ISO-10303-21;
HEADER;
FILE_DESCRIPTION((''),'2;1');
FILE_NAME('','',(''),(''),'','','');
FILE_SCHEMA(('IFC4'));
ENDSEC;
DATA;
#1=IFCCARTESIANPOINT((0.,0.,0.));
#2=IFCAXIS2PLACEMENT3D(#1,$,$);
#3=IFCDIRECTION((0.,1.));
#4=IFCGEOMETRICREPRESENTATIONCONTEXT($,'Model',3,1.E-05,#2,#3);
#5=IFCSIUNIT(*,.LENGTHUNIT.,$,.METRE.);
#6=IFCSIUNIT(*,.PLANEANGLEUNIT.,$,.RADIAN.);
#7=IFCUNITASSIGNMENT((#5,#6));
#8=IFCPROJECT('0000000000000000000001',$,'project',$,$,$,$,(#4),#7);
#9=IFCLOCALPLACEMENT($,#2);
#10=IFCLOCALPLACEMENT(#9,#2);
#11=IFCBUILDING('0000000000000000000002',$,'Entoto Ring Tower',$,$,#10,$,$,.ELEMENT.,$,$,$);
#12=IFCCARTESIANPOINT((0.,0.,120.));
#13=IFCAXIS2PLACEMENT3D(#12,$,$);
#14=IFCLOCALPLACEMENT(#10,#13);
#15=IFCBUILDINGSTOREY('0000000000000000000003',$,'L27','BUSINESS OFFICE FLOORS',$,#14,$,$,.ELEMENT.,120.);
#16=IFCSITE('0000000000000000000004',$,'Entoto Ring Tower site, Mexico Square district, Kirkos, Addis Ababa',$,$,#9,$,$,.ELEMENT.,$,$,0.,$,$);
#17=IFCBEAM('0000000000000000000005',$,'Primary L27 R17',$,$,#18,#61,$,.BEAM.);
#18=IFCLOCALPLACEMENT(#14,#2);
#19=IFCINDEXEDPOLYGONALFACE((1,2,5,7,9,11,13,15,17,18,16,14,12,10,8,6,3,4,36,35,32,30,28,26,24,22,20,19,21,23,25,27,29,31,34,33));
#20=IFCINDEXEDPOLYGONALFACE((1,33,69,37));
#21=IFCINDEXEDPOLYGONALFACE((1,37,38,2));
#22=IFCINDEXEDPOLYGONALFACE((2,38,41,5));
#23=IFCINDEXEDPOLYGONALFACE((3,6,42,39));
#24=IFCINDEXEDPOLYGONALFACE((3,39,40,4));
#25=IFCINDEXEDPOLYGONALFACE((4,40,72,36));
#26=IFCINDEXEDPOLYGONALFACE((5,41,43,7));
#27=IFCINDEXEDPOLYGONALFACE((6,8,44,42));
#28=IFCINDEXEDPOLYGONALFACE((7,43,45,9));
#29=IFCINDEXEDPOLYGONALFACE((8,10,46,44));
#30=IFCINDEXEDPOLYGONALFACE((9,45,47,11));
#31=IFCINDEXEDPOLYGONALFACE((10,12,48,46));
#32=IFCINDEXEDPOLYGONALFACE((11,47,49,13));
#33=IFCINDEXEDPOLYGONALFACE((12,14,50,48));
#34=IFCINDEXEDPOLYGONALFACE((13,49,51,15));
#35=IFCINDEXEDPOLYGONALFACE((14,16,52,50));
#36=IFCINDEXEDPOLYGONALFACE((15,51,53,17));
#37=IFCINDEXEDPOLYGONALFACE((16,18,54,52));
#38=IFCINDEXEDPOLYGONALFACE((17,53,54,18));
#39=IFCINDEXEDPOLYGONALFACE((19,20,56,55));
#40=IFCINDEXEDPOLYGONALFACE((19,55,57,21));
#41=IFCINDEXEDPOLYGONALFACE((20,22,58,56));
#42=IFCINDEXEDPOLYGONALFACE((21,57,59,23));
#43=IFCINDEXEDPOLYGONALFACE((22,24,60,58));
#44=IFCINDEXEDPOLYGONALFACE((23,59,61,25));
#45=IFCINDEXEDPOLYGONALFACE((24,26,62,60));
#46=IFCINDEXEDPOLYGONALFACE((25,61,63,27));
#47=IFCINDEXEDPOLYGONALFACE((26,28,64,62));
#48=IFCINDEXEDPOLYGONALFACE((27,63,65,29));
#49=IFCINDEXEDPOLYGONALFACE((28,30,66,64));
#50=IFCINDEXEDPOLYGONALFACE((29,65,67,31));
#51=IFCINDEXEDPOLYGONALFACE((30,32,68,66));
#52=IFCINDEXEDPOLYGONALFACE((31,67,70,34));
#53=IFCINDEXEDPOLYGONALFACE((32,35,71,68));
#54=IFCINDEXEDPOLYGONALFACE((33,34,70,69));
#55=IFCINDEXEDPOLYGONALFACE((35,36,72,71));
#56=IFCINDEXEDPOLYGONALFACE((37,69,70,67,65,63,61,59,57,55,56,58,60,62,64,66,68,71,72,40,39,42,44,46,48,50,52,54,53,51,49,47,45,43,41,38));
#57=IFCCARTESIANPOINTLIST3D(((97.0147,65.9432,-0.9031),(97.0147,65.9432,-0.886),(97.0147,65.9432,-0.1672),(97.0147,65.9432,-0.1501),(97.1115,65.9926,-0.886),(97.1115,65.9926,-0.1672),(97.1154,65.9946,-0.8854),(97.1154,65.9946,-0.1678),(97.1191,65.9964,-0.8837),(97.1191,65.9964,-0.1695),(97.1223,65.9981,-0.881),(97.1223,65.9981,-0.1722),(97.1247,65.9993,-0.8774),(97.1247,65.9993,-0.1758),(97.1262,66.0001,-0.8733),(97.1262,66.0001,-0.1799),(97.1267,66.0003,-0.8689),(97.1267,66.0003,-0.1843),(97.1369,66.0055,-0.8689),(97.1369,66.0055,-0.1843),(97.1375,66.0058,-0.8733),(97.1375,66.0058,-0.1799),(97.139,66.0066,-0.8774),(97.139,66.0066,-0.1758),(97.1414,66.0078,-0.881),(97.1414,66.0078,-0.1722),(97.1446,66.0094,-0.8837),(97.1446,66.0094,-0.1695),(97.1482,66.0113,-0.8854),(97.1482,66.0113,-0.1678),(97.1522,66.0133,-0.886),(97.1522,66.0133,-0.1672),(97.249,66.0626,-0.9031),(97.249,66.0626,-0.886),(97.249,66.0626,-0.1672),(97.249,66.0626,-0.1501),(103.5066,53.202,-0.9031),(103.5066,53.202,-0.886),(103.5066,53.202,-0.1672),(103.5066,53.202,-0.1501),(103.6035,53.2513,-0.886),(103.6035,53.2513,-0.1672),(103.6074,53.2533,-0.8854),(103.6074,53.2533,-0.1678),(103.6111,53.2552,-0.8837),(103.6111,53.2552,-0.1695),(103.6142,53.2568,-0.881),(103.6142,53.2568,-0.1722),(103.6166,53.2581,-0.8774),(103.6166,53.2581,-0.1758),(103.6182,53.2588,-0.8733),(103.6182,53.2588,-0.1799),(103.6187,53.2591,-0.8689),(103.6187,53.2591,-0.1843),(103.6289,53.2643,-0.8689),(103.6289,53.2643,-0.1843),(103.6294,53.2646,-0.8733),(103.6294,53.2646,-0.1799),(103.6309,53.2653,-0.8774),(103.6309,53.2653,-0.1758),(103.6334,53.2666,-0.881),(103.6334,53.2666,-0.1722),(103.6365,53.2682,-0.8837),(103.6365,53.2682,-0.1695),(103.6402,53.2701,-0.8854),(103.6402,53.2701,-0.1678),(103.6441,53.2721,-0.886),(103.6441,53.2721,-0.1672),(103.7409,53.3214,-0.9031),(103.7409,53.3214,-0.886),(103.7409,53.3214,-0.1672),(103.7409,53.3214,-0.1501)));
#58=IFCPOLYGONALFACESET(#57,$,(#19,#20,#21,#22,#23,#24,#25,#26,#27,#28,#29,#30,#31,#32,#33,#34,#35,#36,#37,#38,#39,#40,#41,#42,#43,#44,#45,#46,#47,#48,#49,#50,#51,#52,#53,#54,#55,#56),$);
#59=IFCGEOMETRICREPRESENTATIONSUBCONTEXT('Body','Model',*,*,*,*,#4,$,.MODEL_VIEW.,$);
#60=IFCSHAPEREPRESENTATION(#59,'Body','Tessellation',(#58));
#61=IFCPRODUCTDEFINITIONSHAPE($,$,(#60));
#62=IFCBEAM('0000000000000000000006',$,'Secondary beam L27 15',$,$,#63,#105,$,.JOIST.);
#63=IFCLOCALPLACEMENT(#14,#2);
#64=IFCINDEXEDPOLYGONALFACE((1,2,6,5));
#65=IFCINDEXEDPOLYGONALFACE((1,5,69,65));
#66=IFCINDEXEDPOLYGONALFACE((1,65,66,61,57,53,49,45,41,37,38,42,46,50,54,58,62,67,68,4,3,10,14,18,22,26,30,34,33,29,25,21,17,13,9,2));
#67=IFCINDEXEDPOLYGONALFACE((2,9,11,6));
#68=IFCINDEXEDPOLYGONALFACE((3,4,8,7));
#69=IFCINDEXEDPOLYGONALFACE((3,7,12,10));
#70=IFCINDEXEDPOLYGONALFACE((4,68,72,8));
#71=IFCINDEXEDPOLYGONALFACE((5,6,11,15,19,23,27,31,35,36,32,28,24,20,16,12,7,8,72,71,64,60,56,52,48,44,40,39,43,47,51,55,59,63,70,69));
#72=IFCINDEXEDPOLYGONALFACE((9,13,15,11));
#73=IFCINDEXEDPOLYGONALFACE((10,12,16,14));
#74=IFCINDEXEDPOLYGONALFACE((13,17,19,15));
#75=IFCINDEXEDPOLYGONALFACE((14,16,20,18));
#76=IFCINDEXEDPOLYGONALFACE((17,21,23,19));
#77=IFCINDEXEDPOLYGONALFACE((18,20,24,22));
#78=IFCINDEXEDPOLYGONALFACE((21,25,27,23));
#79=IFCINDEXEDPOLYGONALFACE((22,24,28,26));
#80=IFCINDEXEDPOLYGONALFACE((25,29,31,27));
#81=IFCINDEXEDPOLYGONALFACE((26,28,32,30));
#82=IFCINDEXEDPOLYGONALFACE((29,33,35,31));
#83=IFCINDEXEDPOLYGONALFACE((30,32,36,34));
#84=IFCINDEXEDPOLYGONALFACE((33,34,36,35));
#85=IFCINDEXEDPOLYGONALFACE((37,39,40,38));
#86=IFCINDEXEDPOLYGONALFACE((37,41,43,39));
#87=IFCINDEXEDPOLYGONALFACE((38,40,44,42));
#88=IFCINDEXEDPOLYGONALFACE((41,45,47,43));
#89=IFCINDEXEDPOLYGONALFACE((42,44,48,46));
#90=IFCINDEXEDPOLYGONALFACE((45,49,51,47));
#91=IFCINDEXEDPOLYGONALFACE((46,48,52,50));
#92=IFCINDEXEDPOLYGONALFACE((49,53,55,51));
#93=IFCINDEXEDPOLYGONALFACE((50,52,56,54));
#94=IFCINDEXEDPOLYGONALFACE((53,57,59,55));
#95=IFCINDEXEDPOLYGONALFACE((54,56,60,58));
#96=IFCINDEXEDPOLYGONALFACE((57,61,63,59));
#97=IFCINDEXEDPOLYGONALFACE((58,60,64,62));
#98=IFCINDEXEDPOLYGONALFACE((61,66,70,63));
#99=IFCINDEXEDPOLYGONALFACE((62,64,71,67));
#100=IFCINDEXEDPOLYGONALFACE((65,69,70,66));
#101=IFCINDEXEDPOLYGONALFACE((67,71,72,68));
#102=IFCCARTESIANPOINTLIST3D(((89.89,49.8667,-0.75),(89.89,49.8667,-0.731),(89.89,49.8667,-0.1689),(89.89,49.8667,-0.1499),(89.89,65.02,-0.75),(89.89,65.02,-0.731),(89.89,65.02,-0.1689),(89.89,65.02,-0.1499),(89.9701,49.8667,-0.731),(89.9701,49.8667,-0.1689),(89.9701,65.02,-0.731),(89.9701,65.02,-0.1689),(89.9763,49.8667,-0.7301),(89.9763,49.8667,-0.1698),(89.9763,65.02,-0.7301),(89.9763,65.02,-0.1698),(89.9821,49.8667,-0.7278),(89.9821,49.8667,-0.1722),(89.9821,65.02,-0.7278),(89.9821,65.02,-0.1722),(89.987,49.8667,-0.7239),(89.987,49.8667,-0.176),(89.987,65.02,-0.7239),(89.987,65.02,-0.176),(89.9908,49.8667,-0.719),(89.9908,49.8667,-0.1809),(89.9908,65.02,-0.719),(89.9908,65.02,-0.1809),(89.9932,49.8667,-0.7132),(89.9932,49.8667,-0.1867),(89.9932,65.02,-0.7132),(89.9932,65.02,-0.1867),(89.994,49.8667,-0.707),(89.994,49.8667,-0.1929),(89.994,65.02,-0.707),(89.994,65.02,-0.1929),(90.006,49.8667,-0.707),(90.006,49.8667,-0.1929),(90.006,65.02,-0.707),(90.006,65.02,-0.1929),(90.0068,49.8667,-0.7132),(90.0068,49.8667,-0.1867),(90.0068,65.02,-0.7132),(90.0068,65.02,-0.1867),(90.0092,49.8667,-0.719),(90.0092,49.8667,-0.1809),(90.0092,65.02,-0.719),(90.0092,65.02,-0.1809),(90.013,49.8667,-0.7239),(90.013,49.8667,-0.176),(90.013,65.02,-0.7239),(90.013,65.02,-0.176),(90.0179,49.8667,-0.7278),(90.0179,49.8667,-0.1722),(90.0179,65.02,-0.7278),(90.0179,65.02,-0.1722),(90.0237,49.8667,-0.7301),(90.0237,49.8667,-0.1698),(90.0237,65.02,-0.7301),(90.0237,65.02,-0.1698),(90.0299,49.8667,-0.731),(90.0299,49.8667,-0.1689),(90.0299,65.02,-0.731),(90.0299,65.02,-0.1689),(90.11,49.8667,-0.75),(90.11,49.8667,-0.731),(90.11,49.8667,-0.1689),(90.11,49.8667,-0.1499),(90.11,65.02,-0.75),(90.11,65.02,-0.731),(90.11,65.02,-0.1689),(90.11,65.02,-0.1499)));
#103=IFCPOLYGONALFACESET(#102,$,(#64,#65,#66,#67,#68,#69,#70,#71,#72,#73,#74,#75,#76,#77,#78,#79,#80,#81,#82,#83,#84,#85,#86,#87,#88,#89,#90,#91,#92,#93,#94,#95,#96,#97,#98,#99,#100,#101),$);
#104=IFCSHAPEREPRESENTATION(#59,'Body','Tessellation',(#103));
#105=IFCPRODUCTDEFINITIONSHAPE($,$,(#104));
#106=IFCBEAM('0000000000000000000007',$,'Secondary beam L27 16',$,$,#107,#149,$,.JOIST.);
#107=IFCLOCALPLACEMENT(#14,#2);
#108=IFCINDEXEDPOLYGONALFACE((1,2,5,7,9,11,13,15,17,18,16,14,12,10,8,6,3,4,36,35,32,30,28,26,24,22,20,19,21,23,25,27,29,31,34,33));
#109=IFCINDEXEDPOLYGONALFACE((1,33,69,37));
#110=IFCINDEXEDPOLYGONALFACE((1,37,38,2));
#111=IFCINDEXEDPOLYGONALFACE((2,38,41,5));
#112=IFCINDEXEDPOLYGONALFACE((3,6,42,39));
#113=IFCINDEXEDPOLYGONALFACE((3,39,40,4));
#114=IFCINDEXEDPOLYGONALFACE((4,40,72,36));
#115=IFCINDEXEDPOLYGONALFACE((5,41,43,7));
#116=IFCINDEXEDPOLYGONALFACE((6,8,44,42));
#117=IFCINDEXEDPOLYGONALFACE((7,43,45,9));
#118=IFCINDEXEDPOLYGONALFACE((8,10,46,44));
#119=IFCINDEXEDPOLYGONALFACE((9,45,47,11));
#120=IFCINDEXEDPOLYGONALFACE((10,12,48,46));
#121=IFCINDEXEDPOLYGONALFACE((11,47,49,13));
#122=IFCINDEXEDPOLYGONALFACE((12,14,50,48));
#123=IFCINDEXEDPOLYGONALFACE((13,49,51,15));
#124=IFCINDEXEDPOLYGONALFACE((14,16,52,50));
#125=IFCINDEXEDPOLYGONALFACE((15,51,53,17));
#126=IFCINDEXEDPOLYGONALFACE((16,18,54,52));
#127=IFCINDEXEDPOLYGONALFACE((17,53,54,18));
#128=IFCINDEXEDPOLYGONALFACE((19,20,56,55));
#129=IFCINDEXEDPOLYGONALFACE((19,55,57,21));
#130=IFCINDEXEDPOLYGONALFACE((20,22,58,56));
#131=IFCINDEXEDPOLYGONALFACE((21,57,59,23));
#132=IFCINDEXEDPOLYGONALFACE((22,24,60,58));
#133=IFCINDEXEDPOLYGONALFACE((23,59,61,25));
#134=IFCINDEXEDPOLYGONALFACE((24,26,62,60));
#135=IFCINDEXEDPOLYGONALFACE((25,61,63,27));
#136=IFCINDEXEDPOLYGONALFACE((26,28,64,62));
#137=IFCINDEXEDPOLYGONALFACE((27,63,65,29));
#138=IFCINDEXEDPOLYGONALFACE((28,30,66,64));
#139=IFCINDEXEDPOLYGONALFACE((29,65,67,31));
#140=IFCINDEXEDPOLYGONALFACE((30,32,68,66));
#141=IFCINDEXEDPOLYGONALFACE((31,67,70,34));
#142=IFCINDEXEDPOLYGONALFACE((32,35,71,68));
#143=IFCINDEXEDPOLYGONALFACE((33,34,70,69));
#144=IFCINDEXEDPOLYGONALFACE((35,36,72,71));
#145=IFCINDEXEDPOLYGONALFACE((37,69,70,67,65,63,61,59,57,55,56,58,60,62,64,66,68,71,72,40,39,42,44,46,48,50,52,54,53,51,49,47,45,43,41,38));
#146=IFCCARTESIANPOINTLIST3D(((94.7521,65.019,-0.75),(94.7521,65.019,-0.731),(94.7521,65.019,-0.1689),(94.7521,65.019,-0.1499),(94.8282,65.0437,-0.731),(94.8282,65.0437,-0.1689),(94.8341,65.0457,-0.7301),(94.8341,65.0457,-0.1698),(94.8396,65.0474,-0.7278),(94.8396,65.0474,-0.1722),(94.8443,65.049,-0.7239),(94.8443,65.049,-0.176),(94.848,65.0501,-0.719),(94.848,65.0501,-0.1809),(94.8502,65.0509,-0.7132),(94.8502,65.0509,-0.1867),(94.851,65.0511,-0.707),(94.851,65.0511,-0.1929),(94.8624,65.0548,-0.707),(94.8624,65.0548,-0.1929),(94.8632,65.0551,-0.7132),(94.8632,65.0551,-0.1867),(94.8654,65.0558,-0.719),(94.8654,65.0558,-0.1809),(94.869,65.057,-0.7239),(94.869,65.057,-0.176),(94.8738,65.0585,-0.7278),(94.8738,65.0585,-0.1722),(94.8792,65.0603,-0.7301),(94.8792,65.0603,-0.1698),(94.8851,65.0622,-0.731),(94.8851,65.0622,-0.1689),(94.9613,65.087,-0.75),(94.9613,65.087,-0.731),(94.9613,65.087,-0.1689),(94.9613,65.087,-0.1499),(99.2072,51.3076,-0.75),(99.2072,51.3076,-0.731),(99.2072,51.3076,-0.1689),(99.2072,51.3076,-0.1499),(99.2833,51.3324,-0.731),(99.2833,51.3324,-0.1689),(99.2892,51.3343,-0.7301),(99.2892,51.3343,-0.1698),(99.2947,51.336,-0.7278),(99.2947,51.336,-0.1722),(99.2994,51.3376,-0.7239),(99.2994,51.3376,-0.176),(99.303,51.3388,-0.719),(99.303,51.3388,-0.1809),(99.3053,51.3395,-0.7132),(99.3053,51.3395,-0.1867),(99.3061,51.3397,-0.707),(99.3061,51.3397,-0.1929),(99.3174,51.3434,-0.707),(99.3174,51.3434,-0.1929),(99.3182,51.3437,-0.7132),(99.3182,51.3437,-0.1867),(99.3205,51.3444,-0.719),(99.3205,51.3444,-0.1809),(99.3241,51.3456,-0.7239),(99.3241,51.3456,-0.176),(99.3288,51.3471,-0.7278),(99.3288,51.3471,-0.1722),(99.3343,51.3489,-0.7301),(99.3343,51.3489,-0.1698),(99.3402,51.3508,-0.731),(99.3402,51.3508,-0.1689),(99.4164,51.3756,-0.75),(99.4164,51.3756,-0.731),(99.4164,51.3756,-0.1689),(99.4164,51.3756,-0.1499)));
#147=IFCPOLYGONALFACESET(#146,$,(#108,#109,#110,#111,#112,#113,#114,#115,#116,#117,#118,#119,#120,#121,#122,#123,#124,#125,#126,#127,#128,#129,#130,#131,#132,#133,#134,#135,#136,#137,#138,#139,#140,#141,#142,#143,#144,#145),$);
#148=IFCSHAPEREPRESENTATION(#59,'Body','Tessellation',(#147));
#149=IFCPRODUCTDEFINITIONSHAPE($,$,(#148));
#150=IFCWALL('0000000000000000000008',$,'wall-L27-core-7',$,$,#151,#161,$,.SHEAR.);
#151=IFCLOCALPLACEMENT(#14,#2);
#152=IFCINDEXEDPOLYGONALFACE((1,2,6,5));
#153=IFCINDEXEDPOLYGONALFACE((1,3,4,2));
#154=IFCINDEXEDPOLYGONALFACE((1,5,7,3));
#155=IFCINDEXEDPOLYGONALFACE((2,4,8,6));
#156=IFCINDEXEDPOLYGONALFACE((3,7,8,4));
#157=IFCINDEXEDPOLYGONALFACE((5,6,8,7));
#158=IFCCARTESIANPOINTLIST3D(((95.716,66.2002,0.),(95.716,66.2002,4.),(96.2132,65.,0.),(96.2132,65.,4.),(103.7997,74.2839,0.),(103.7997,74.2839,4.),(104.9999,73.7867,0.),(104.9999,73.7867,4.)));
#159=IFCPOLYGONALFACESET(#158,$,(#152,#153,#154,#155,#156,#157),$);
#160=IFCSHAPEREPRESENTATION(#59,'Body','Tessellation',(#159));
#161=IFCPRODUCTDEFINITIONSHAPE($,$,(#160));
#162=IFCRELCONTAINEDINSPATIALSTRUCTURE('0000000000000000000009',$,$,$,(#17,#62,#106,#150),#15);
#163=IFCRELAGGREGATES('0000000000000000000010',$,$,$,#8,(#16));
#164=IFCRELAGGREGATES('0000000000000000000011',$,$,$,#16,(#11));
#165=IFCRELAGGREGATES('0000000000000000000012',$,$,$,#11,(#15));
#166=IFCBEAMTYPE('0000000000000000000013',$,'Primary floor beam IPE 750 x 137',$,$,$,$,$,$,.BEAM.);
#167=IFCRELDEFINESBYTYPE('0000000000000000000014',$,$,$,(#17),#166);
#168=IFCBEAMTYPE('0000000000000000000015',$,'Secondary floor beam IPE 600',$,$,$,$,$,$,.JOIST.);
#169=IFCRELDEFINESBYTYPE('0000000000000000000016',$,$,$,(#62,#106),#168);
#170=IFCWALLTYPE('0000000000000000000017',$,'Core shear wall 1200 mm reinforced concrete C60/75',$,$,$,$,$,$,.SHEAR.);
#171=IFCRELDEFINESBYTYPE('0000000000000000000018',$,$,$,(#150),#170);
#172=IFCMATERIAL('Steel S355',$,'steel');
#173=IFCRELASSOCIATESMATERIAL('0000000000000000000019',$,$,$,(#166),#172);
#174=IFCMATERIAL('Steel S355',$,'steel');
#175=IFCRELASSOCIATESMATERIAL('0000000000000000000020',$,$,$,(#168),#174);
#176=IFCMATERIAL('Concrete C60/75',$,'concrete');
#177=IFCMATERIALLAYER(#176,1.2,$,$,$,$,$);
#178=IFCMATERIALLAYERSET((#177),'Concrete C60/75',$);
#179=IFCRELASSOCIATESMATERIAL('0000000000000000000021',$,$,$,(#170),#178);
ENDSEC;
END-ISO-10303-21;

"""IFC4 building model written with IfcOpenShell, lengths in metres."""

from ifc_helpers import new_model, si_unit, direction, frame, origin, origin_2d, place, context, subcontext, project, spatial, polyline, i_section, outline, extrude, material, layer, layer_set, material_profile, profile_set, type_object, element, save


model = new_model("IFC4")

# Units and contexts
model_context = context("Model", 3, precision=1e-05, world=origin(), true_north=direction((0.0, 1.0)))
body_context = subcontext(model_context, "Body", "Model", "MODEL_VIEW")
ifc_project = project(units=[si_unit("LENGTHUNIT", "METRE"), si_unit("PLANEANGLEUNIT", "RADIAN")], contexts=[model_context])

# Site, building, storey
site_placement = place(None, origin())
site = spatial("IfcSite", under=ifc_project, at=site_placement, Name="Entoto Ring Tower site, Mexico Square district, Kirkos, Addis Ababa", CompositionType="ELEMENT", RefElevation=0.0)
building_placement = place(site_placement, origin())
building = spatial("IfcBuilding", under=site, at=building_placement, Name="Entoto Ring Tower", CompositionType="ELEMENT")
storey_placement = place(building_placement, frame((0.0, 0.0, 120.0)))
storey = spatial("IfcBuildingStorey", under=building, at=storey_placement, Name="L27", Description="BUSINESS OFFICE FLOORS", CompositionType="ELEMENT", Elevation=120.0)

# Beams
ifc_material_1 = material(Name="Steel S355", Category="steel")
ifc_material_profile_1 = material_profile(ifc_material_1, i_section(OverallWidth=0.2629, OverallDepth=0.7529, WebThickness=0.0115, FlangeThickness=0.0171, FilletRadius=0.0171, at=origin_2d()), Name="IPE 750 x 137")
ifc_profile_set_1 = profile_set([ifc_material_profile_1], Name="Steel S355")
beam_type_1 = type_object("IfcBeamType", Name="Primary floor beam IPE 750 x 137", PredefinedType="BEAM", material=ifc_profile_set_1)
beam_1_placement = place(storey_placement, frame((97.1318, 66.0029, -0.5266), z_axis=(0.453989, -0.891007, 0.0), x_axis=(0.891007, 0.453989, 0.0)))
element("IfcBeam", 1, at=beam_1_placement, inside=storey, type_object=beam_type_1, Name="Primary L27 R17", PredefinedType="BEAM", context=body_context, shape_type="SweptSolid", body=[
    extrude(i_section(OverallWidth=0.2629, OverallDepth=0.7529, WebThickness=0.0115, FlangeThickness=0.0171, FilletRadius=0.0171, at=origin_2d()), origin(), (0.0, 0.0, 1.0), 14.2998),
])
ifc_material_2 = material(Name="Steel S355", Category="steel")
ifc_material_profile_2 = material_profile(ifc_material_2, i_section(OverallWidth=0.22, OverallDepth=0.6001, WebThickness=0.012, FlangeThickness=0.019, FilletRadius=0.0239, at=origin_2d()), Name="IPE 600")
ifc_profile_set_2 = profile_set([ifc_material_profile_2], Name="Steel S355")
beam_type_2 = type_object("IfcBeamType", Name="Secondary floor beam IPE 600", PredefinedType="JOIST", material=ifc_profile_set_2)
beam_2_placement = place(storey_placement, frame((90.0, 65.02, -0.45), z_axis=(0.0, -1.0, 0.0), x_axis=(1.0, 0.0, 0.0)))
element("IfcBeam", 2, at=beam_2_placement, inside=storey, type_object=beam_type_2, Name="Secondary beam L27 15", PredefinedType="JOIST", context=body_context, shape_type="SweptSolid", body=[
    extrude(i_section(OverallWidth=0.22, OverallDepth=0.6001, WebThickness=0.012, FlangeThickness=0.019, FilletRadius=0.0239, at=origin_2d()), origin(), (0.0, 0.0, 1.0), 15.1533),
])
beam_3_placement = place(storey_placement, frame((94.8567, 65.053, -0.45), z_axis=(0.309015, -0.951057, 0.0), x_axis=(0.951057, 0.309015, 0.0)))
element("IfcBeam", 3, at=beam_3_placement, inside=storey, type_object=beam_type_2, Name="Secondary beam L27 16", PredefinedType="JOIST", context=body_context, shape_type="SweptSolid", body=[
    extrude(i_section(OverallWidth=0.22, OverallDepth=0.6001, WebThickness=0.012, FlangeThickness=0.019, FilletRadius=0.0239, at=origin_2d()), origin(), (0.0, 0.0, 1.0), 14.417),
])

# Wall
ifc_material_3 = material(Name="Concrete C60/75", Category="concrete")
ifc_layer_1 = layer(ifc_material_3, 1.2)
ifc_layer_set_1 = layer_set([ifc_layer_1], Name="Concrete C60/75")
wall_type_1 = type_object("IfcWallType", Name="Core shear wall 1200 mm reinforced concrete C60/75", PredefinedType="SHEAR", material=ifc_layer_set_1)
wall_1_placement = place(storey_placement, frame((95.9646, 65.6001, 0.0), z_axis=(0.0, 0.0, 1.0), x_axis=(0.707107, 0.707107, 0.0)))
element("IfcWall", 4, at=wall_1_placement, inside=storey, type_object=wall_type_1, Name="wall-L27-core-7", PredefinedType="SHEAR", context=body_context, shape_type="SweptSolid", body=[
    extrude(outline(polyline([(-0.2485, -0.6001), (12.1777, -0.6001), (11.6807, 0.6001), (0.2485, 0.6001), (-0.2485, -0.6001)])), origin(), (0.0, 0.0, 1.0), 4.0),
])

save(model, "model.ifc")
